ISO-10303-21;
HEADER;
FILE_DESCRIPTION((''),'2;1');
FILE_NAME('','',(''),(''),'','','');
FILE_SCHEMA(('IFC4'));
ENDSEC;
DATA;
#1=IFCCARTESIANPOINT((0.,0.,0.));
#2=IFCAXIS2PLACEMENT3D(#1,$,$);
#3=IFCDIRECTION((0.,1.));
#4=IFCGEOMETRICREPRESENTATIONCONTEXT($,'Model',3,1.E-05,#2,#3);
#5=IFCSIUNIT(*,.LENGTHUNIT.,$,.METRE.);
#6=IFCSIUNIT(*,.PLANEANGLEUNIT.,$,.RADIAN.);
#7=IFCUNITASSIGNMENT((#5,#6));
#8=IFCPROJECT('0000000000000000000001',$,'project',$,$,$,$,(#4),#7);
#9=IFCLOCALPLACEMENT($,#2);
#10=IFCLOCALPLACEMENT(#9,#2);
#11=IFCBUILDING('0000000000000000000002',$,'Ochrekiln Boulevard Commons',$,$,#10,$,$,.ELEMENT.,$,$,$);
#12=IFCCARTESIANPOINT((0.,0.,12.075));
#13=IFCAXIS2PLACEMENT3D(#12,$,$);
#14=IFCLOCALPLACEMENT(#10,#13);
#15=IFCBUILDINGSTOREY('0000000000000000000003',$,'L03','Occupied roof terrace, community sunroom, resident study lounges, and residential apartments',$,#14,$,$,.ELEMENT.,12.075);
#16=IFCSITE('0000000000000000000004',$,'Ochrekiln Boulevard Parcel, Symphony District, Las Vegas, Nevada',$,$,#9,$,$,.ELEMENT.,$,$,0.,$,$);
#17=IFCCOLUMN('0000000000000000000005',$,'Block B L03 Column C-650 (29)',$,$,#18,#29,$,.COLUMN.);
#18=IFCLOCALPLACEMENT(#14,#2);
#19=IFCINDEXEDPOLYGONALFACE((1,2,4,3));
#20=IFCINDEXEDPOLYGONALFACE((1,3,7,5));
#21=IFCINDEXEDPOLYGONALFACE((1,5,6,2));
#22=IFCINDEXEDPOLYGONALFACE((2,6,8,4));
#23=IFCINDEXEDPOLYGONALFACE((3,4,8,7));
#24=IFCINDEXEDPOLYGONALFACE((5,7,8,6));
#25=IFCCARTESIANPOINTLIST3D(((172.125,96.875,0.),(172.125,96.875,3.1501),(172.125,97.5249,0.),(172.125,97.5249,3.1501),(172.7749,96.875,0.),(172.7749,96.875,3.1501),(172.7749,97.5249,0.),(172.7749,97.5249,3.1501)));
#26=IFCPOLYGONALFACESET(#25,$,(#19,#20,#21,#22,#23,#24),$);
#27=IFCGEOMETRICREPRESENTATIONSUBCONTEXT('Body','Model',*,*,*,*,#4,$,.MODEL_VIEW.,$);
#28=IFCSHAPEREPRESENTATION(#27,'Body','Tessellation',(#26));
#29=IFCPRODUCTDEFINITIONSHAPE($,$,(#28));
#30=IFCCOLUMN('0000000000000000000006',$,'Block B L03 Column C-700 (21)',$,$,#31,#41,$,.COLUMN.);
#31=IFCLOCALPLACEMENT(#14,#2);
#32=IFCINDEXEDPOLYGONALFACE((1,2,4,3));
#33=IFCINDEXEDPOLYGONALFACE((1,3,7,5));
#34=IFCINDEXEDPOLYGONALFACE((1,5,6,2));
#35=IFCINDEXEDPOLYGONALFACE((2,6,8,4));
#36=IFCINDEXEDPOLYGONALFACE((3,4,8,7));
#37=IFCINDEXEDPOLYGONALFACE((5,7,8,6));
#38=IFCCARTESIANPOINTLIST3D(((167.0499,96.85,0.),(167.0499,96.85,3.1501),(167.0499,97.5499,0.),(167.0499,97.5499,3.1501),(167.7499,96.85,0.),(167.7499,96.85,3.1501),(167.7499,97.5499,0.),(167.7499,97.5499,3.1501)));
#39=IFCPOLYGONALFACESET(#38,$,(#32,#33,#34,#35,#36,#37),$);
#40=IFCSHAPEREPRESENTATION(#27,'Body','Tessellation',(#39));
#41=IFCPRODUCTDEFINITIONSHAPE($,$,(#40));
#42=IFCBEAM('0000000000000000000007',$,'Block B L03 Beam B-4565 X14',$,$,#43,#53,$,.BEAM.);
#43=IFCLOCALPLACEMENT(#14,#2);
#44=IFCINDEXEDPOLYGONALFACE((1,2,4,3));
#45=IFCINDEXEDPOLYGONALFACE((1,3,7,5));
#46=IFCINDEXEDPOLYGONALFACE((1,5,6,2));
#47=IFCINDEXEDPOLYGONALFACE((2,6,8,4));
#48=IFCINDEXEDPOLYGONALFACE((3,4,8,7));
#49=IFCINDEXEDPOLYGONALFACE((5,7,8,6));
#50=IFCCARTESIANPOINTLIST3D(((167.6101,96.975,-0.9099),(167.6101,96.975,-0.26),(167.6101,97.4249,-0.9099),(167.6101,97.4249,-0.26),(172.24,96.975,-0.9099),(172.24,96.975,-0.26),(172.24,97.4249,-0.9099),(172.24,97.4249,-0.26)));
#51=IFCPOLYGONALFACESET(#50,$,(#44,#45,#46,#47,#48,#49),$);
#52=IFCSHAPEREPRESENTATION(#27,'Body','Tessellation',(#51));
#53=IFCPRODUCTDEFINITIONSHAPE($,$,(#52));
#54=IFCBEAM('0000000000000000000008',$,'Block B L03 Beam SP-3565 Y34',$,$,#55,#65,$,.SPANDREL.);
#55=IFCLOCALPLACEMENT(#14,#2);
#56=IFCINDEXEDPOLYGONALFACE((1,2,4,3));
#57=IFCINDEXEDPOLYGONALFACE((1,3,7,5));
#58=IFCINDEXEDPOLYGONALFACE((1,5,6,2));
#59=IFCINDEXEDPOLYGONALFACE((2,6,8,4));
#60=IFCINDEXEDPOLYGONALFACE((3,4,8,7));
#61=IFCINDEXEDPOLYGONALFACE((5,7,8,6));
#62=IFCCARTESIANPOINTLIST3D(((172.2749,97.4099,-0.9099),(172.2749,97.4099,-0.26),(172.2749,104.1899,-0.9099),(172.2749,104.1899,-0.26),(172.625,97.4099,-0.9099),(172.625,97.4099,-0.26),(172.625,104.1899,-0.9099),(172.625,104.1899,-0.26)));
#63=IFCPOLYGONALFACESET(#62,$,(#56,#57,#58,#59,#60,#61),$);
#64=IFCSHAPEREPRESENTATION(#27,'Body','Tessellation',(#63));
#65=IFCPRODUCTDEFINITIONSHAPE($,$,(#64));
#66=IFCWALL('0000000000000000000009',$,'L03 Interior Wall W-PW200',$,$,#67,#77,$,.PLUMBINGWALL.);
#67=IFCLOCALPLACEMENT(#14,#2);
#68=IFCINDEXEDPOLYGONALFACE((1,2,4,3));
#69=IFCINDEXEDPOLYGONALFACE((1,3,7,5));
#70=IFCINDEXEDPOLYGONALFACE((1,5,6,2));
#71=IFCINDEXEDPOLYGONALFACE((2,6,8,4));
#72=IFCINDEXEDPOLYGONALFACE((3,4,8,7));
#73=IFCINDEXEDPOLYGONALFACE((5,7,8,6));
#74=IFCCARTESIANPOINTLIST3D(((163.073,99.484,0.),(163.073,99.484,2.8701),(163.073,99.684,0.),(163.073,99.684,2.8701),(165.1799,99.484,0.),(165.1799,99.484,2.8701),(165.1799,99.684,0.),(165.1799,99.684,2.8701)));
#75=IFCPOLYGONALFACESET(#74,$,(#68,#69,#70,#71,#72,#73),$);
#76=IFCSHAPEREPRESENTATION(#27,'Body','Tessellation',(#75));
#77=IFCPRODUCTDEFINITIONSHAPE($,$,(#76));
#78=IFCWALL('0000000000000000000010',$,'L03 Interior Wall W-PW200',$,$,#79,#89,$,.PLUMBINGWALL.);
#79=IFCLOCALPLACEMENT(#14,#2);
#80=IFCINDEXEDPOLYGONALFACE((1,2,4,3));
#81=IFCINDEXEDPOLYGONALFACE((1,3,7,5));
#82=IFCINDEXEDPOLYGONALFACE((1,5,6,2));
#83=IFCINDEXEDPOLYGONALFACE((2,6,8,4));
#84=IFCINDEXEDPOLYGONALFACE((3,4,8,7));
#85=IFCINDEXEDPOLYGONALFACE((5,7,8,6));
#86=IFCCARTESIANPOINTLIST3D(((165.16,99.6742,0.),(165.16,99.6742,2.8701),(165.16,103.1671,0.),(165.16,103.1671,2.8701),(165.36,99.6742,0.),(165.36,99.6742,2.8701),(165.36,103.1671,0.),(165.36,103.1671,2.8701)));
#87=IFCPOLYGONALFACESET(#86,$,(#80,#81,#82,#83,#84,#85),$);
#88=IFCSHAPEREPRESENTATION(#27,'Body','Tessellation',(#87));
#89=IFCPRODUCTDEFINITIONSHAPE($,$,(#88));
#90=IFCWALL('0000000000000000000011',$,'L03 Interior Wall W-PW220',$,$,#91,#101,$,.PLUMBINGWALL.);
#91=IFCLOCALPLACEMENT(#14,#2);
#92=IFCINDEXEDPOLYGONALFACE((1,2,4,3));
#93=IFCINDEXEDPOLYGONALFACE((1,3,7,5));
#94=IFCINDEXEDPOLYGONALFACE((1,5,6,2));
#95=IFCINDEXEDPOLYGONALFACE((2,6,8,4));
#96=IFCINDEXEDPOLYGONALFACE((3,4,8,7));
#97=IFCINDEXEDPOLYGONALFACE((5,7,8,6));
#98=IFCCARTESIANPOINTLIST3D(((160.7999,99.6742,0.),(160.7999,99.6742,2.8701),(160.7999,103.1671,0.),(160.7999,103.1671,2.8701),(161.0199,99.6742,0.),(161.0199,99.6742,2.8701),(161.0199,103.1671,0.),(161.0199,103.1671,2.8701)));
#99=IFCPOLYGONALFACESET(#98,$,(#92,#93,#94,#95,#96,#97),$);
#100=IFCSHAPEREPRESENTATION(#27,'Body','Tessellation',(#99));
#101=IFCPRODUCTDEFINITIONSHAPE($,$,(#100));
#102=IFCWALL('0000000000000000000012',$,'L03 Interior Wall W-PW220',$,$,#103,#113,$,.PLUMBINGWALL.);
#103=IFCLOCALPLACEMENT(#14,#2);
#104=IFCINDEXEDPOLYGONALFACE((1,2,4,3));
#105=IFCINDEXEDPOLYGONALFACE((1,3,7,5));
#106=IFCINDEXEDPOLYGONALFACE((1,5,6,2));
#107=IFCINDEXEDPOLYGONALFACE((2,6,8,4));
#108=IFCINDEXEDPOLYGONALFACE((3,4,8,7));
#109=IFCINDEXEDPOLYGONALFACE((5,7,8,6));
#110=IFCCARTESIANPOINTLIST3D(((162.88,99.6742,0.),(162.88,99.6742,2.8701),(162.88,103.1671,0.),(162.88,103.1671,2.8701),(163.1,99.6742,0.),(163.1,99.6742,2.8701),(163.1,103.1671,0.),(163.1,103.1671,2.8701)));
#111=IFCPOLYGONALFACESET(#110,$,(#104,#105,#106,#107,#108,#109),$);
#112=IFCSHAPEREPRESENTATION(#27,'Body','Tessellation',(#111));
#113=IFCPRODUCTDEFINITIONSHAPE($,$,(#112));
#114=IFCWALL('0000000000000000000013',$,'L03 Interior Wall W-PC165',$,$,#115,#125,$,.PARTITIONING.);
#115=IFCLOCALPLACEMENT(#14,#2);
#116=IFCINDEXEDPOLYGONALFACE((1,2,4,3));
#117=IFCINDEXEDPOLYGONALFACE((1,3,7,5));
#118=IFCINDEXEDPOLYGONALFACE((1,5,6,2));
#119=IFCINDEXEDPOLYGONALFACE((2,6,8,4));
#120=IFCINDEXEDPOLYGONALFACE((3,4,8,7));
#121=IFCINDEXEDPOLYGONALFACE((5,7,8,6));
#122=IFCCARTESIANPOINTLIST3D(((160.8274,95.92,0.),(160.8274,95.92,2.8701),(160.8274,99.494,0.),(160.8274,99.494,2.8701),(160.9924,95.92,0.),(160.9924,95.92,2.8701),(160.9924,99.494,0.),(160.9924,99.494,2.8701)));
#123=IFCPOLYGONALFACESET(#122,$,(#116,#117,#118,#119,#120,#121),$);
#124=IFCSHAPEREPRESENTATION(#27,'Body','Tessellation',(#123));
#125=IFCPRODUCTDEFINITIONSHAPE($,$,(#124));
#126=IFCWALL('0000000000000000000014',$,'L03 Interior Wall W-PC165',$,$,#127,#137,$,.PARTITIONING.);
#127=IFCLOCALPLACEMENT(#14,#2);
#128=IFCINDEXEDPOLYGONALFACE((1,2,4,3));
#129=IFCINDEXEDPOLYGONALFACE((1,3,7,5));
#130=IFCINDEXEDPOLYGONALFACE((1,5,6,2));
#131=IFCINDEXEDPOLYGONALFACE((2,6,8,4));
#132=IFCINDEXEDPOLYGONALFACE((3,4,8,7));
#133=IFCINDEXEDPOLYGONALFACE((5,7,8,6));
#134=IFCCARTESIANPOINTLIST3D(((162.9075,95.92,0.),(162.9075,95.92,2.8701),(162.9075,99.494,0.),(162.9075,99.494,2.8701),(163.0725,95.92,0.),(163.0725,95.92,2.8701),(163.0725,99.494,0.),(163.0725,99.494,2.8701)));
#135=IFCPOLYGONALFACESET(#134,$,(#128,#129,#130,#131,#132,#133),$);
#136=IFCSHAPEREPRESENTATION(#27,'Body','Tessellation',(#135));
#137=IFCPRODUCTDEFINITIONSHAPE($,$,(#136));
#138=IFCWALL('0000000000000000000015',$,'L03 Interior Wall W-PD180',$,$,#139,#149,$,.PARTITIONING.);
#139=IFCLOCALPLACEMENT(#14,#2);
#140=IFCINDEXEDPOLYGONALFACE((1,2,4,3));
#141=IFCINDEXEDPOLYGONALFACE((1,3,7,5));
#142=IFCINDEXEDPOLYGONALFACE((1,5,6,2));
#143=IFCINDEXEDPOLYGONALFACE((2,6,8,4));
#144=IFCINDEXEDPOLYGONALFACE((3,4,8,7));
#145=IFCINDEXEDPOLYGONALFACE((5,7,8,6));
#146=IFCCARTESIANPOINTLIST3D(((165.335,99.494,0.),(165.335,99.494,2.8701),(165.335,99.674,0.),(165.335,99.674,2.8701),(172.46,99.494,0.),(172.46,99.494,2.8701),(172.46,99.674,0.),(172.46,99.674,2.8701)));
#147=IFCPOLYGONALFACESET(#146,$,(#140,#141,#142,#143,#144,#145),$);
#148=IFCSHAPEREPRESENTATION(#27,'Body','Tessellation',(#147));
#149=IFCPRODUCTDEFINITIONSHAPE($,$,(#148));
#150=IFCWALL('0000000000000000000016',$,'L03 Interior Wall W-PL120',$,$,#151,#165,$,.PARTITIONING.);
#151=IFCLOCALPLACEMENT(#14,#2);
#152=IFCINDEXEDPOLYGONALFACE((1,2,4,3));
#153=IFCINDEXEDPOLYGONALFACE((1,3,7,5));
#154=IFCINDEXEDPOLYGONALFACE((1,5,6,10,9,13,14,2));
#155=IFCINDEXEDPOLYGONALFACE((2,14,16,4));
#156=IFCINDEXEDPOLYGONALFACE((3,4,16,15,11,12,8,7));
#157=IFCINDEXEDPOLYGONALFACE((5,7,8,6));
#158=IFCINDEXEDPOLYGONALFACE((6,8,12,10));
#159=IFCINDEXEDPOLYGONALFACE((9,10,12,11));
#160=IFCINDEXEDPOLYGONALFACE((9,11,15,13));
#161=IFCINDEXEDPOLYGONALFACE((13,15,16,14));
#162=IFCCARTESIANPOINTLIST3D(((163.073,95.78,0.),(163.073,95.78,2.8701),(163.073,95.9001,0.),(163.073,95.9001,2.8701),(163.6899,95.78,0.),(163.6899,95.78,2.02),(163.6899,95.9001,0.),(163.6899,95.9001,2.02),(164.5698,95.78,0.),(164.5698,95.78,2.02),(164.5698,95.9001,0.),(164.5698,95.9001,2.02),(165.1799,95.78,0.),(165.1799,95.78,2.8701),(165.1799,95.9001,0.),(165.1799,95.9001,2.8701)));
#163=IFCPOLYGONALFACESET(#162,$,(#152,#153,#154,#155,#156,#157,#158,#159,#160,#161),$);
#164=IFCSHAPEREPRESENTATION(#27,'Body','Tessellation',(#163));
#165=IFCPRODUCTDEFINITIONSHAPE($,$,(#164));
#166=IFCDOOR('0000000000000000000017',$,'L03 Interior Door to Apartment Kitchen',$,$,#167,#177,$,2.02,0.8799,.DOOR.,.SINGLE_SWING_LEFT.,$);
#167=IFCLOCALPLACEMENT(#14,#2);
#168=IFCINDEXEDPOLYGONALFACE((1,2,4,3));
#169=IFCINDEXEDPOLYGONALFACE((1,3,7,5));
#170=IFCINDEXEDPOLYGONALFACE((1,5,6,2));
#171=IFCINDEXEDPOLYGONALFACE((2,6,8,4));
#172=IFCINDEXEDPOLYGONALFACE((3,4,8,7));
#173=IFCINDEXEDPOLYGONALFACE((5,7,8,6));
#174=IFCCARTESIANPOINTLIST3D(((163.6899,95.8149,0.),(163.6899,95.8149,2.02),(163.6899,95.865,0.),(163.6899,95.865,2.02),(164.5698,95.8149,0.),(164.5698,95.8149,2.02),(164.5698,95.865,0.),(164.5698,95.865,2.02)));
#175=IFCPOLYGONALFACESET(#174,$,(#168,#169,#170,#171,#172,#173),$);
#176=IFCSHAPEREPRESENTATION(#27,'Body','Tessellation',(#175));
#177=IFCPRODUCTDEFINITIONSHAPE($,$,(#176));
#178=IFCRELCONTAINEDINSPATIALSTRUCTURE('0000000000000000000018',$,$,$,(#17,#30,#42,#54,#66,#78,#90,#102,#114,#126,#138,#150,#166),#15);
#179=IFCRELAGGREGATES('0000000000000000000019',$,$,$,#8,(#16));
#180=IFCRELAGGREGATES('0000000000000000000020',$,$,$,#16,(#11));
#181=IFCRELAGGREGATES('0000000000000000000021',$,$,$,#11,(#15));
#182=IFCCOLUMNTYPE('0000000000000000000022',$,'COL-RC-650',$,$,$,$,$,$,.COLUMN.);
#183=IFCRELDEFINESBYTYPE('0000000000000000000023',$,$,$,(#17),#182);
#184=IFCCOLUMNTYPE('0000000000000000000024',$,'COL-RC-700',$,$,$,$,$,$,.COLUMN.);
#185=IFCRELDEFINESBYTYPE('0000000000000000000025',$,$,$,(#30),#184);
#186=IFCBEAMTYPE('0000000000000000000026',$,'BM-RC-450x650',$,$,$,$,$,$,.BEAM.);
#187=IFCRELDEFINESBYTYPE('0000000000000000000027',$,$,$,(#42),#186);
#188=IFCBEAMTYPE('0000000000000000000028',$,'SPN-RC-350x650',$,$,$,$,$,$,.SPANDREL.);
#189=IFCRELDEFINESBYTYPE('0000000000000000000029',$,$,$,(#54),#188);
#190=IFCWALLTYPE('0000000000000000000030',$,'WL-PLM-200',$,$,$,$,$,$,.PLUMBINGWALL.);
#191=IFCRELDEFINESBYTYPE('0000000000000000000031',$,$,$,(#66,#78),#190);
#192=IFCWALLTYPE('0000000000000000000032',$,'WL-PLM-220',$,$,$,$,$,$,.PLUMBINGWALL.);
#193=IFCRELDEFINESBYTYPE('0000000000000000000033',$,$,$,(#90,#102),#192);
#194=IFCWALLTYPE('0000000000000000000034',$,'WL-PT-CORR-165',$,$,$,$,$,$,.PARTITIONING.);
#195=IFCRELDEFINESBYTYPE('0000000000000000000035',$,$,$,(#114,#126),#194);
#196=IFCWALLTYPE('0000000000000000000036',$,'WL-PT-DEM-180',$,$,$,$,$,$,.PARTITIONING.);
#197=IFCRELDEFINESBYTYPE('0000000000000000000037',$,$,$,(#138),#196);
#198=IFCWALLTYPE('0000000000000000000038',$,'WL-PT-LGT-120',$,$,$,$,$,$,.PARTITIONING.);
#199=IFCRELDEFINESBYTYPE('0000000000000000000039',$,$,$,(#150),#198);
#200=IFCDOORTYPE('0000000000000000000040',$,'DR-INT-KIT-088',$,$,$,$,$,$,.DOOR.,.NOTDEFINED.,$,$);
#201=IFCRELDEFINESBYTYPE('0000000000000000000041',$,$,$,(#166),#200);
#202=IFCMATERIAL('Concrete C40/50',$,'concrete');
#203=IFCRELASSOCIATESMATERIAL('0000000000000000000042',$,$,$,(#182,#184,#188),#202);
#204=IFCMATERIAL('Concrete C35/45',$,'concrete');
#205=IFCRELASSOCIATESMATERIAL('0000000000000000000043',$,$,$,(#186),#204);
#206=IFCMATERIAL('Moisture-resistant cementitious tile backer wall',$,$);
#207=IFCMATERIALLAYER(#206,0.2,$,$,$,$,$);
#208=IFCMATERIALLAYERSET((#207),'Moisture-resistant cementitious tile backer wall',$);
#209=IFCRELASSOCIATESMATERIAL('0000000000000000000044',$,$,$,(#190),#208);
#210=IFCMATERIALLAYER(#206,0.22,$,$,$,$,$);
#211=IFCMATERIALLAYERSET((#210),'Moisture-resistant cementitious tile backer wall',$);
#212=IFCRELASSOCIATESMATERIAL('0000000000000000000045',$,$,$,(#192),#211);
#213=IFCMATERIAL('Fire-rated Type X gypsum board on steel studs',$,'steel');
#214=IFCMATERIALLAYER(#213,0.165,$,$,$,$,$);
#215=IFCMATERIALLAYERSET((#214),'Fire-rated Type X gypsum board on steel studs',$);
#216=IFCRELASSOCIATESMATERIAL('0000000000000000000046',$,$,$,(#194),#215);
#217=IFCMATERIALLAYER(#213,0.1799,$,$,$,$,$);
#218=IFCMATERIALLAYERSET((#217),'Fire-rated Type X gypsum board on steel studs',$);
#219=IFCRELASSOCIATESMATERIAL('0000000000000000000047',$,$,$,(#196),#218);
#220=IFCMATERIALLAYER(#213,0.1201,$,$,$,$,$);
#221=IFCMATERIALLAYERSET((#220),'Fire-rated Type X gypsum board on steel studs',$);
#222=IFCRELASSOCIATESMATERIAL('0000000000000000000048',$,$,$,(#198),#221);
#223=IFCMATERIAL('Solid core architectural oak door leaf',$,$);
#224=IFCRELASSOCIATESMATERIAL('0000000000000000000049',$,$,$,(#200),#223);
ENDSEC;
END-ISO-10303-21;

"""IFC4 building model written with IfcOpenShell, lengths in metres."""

from ifc_helpers import new_model, si_unit, direction, frame, frame_2d, origin, origin_2d, place, context, subcontext, project, spatial, rectangle, extrude, material, layer, layer_set, material_profile, profile_set, type_object, element, fill, save


model = new_model("IFC4")

# Units and contexts
model_context = context("Model", 3, precision=1e-05, world=origin(), true_north=direction((0.0, 1.0)))
body_context = subcontext(model_context, "Body", "Model", "MODEL_VIEW")
ifc_project = project(units=[si_unit("LENGTHUNIT", "METRE"), si_unit("PLANEANGLEUNIT", "RADIAN")], contexts=[model_context])

# Site, building, storey
site_placement = place(None, origin())
site = spatial("IfcSite", under=ifc_project, at=site_placement, Name="Ochrekiln Boulevard Parcel, Symphony District, Las Vegas, Nevada", CompositionType="ELEMENT", RefElevation=0.0)
building_placement = place(site_placement, origin())
building = spatial("IfcBuilding", under=site, at=building_placement, Name="Ochrekiln Boulevard Commons", CompositionType="ELEMENT")
storey_placement = place(building_placement, frame((0.0, 0.0, 12.075)))
storey = spatial("IfcBuildingStorey", under=building, at=storey_placement, Name="L03", Description="Occupied roof terrace, community sunroom, resident study lounges, and residential apartments", CompositionType="ELEMENT", Elevation=12.075)

# Columns
ifc_material_1 = material(Name="Concrete C40/50", Category="concrete")
ifc_material_profile_1 = material_profile(ifc_material_1, rectangle(XDim=0.6499, YDim=0.6499, at=origin_2d()), Name="RC-COL-650x650")
ifc_profile_set_1 = profile_set([ifc_material_profile_1], Name="Concrete C40/50")
column_type_1 = type_object("IfcColumnType", Name="COL-RC-650", PredefinedType="COLUMN", material=ifc_profile_set_1)
column_1_placement = place(storey_placement, frame((172.45, 97.2, 0.0), z_axis=(0.0, 0.0, 1.0), x_axis=(1.0, 0.0, 0.0)))
element("IfcColumn", 1, at=column_1_placement, inside=storey, type_object=column_type_1, Name="Block B L03 Column C-650 (29)", PredefinedType="COLUMN", context=body_context, shape_type="SweptSolid", body=[
    extrude(rectangle(XDim=0.6499, YDim=0.6499, at=origin_2d()), origin(), (0.0, 0.0, 1.0), 3.1501),
])
ifc_material_profile_2 = material_profile(ifc_material_1, rectangle(XDim=0.7, YDim=0.7, at=origin_2d()), Name="RC-COL-700x700")
ifc_profile_set_2 = profile_set([ifc_material_profile_2], Name="Concrete C40/50")
column_type_2 = type_object("IfcColumnType", Name="COL-RC-700", PredefinedType="COLUMN", material=ifc_profile_set_2)
column_2_placement = place(storey_placement, frame((167.3999, 97.2, 0.0), z_axis=(0.0, 0.0, 1.0), x_axis=(1.0, 0.0, 0.0)))
element("IfcColumn", 2, at=column_2_placement, inside=storey, type_object=column_type_2, Name="Block B L03 Column C-700 (21)", PredefinedType="COLUMN", context=body_context, shape_type="SweptSolid", body=[
    extrude(rectangle(XDim=0.7, YDim=0.7, at=origin_2d()), origin(), (0.0, 0.0, 1.0), 3.1501),
])

# Beams
ifc_material_2 = material(Name="Concrete C35/45", Category="concrete")
ifc_material_profile_3 = material_profile(ifc_material_2, rectangle(XDim=0.45, YDim=0.6499, at=origin_2d()), Name="RC-BM-450x650")
ifc_profile_set_3 = profile_set([ifc_material_profile_3], Name="Concrete C35/45")
beam_type_1 = type_object("IfcBeamType", Name="BM-RC-450x650", PredefinedType="BEAM", material=ifc_profile_set_3)
beam_1_placement = place(storey_placement, frame((167.6101, 97.2, -0.585), z_axis=(1.0, 0.0, 0.0), x_axis=(0.0, 1.0, 0.0)))
element("IfcBeam", 3, at=beam_1_placement, inside=storey, type_object=beam_type_1, Name="Block B L03 Beam B-4565 X14", PredefinedType="BEAM", context=body_context, shape_type="SweptSolid", body=[
    extrude(rectangle(XDim=0.45, YDim=0.6499, at=origin_2d()), origin(), (0.0, 0.0, 1.0), 4.6299),
])
ifc_material_profile_4 = material_profile(ifc_material_1, rectangle(XDim=0.3501, YDim=0.6499, at=origin_2d()), Name="RC-SPN-350x650")
ifc_profile_set_4 = profile_set([ifc_material_profile_4], Name="Concrete C40/50")
beam_type_2 = type_object("IfcBeamType", Name="SPN-RC-350x650", PredefinedType="SPANDREL", material=ifc_profile_set_4)
beam_2_placement = place(storey_placement, frame((172.45, 97.4099, -0.585), z_axis=(0.0, 1.0, 0.0), x_axis=(-1.0, 0.0, 0.0)))
element("IfcBeam", 4, at=beam_2_placement, inside=storey, type_object=beam_type_2, Name="Block B L03 Beam SP-3565 Y34", PredefinedType="SPANDREL", context=body_context, shape_type="SweptSolid", body=[
    extrude(rectangle(XDim=0.3501, YDim=0.6499, at=origin_2d()), origin(), (0.0, 0.0, 1.0), 6.78),
])

# Walls
ifc_material_3 = material(Name="Moisture-resistant cementitious tile backer wall")
ifc_layer_1 = layer(ifc_material_3, 0.2)
ifc_layer_set_1 = layer_set([ifc_layer_1], Name="Moisture-resistant cementitious tile backer wall")
wall_type_1 = type_object("IfcWallType", Name="WL-PLM-200", PredefinedType="PLUMBINGWALL", material=ifc_layer_set_1)
wall_1_placement = place(storey_placement, frame((163.073, 99.584, 0.0), z_axis=(0.0, 0.0, 1.0), x_axis=(1.0, 0.0, 0.0)))
element("IfcWall", 5, at=wall_1_placement, inside=storey, type_object=wall_type_1, Name="L03 Interior Wall W-PW200", PredefinedType="PLUMBINGWALL", context=body_context, shape_type="SweptSolid", body=[
    extrude(rectangle(XDim=2.1069, YDim=0.2, at=frame_2d((1.0535, 0.0))), origin(), (0.0, 0.0, 1.0), 2.8701),
])
wall_2_placement = place(storey_placement, frame((165.26, 99.6741, 0.0), z_axis=(0.0, 0.0, 1.0), x_axis=(0.0, 1.0, 0.0)))
element("IfcWall", 6, at=wall_2_placement, inside=storey, type_object=wall_type_1, Name="L03 Interior Wall W-PW200", PredefinedType="PLUMBINGWALL", context=body_context, shape_type="SweptSolid", body=[
    extrude(rectangle(XDim=3.4929, YDim=0.2, at=frame_2d((1.7466, 0.0))), origin(), (0.0, 0.0, 1.0), 2.8701),
])
ifc_layer_2 = layer(ifc_material_3, 0.22)
ifc_layer_set_2 = layer_set([ifc_layer_2], Name="Moisture-resistant cementitious tile backer wall")
wall_type_2 = type_object("IfcWallType", Name="WL-PLM-220", PredefinedType="PLUMBINGWALL", material=ifc_layer_set_2)
for number, where, z_axis, x_axis, name in (
    (7, (160.9099, 99.6741, 0.0), (0.0, 0.0, 1.0), (0.0, 1.0, 0.0), "L03 Interior Wall W-PW220"),
    (8, (162.99, 99.6741, 0.0), (0.0, 0.0, 1.0), (0.0, 1.0, 0.0), "L03 Interior Wall W-PW220"),
):
    element("IfcWall", number, at=place(storey_placement, frame(where, z_axis=z_axis, x_axis=x_axis)), inside=storey, type_object=wall_type_2, Name=name, PredefinedType="PLUMBINGWALL", context=body_context, shape_type="SweptSolid", body=[
        extrude(rectangle(XDim=3.4929, YDim=0.22, at=frame_2d((1.7466, 0.0))), origin(), (0.0, 0.0, 1.0), 2.8701),
    ])
ifc_material_4 = material(Name="Fire-rated Type X gypsum board on steel studs", Category="steel")
ifc_layer_3 = layer(ifc_material_4, 0.165)
ifc_layer_set_3 = layer_set([ifc_layer_3], Name="Fire-rated Type X gypsum board on steel studs")
wall_type_3 = type_object("IfcWallType", Name="WL-PT-CORR-165", PredefinedType="PARTITIONING", material=ifc_layer_set_3)
for number, where, z_axis, x_axis, name in (
    (9, (160.9099, 95.9199, 0.0), (0.0, 0.0, 1.0), (0.0, 1.0, 0.0), "L03 Interior Wall W-PC165"),
    (10, (162.99, 95.9199, 0.0), (0.0, 0.0, 1.0), (0.0, 1.0, 0.0), "L03 Interior Wall W-PC165"),
):
    element("IfcWall", number, at=place(storey_placement, frame(where, z_axis=z_axis, x_axis=x_axis)), inside=storey, type_object=wall_type_3, Name=name, PredefinedType="PARTITIONING", context=body_context, shape_type="SweptSolid", body=[
        extrude(rectangle(XDim=3.574, YDim=0.165, at=frame_2d((1.7871, 0.0))), origin(), (0.0, 0.0, 1.0), 2.8701),
    ])
ifc_layer_4 = layer(ifc_material_4, 0.1799)
ifc_layer_set_4 = layer_set([ifc_layer_4], Name="Fire-rated Type X gypsum board on steel studs")
wall_type_4 = type_object("IfcWallType", Name="WL-PT-DEM-180", PredefinedType="PARTITIONING", material=ifc_layer_set_4)
wall_3_placement = place(storey_placement, frame((165.335, 99.584, 0.0), z_axis=(0.0, 0.0, 1.0), x_axis=(1.0, 0.0, 0.0)))
element("IfcWall", 11, at=wall_3_placement, inside=storey, type_object=wall_type_4, Name="L03 Interior Wall W-PD180", PredefinedType="PARTITIONING", context=body_context, shape_type="SweptSolid", body=[
    extrude(rectangle(XDim=7.125, YDim=0.1799, at=frame_2d((3.5625, 0.0))), origin(), (0.0, 0.0, 1.0), 2.8701),
])

# Wall, opening, door
ifc_layer_5 = layer(ifc_material_4, 0.1201)
ifc_layer_set_5 = layer_set([ifc_layer_5], Name="Fire-rated Type X gypsum board on steel studs")
wall_type_5 = type_object("IfcWallType", Name="WL-PT-LGT-120", PredefinedType="PARTITIONING", material=ifc_layer_set_5)
wall_4_placement = place(storey_placement, frame((163.073, 95.8401, 0.0), z_axis=(0.0, 0.0, 1.0), x_axis=(1.0, 0.0, 0.0)))
wall_4 = element("IfcWall", 12, at=wall_4_placement, inside=storey, type_object=wall_type_5, Name="L03 Interior Wall W-PL120", PredefinedType="PARTITIONING", context=body_context, shape_type="SweptSolid", body=[
    extrude(rectangle(XDim=2.1069, YDim=0.1201, at=frame_2d((1.0535, 0.0))), origin(), (0.0, 0.0, 1.0), 2.8701),
])
opening_1_placement = place(wall_4_placement, frame((0.6169, 0.0, 0.0)))
opening_1 = element("IfcOpeningElement", 13, at=opening_1_placement, cuts=wall_4, PredefinedType="OPENING", context=body_context, shape_type="SweptSolid", body=[
    extrude(rectangle(XDim=0.8799, YDim=2.02, at=frame_2d((0.4399, 1.01))), frame((0.0, 0.0701, 0.0), z_axis=(0.0, -1.0, 0.0), x_axis=(1.0, 0.0, 0.0)), (0.0, 0.0, 1.0), 0.1401),
])
ifc_material_5 = material(Name="Solid core architectural oak door leaf")
door_type_1 = type_object("IfcDoorType", Name="DR-INT-KIT-088", OperationType="NOTDEFINED", PredefinedType="DOOR", material=ifc_material_5)
door_1_placement = place(opening_1_placement, origin())
door_1 = element("IfcDoor", 14, at=door_1_placement, inside=storey, type_object=door_type_1, Name="L03 Interior Door to Apartment Kitchen", OperationType="SINGLE_SWING_LEFT", OverallHeight=2.02, OverallWidth=0.8799, PredefinedType="DOOR", context=body_context, shape_type="SweptSolid", body=[
    extrude(rectangle(XDim=0.8799, YDim=2.02, at=frame_2d((0.4399, 1.01))), frame((0.0, 0.0249, 0.0), z_axis=(0.0, -1.0, 0.0), x_axis=(1.0, 0.0, 0.0)), (0.0, 0.0, 1.0), 0.05),
])
fill(opening_1, door_1)

save(model, "model.ifc")
